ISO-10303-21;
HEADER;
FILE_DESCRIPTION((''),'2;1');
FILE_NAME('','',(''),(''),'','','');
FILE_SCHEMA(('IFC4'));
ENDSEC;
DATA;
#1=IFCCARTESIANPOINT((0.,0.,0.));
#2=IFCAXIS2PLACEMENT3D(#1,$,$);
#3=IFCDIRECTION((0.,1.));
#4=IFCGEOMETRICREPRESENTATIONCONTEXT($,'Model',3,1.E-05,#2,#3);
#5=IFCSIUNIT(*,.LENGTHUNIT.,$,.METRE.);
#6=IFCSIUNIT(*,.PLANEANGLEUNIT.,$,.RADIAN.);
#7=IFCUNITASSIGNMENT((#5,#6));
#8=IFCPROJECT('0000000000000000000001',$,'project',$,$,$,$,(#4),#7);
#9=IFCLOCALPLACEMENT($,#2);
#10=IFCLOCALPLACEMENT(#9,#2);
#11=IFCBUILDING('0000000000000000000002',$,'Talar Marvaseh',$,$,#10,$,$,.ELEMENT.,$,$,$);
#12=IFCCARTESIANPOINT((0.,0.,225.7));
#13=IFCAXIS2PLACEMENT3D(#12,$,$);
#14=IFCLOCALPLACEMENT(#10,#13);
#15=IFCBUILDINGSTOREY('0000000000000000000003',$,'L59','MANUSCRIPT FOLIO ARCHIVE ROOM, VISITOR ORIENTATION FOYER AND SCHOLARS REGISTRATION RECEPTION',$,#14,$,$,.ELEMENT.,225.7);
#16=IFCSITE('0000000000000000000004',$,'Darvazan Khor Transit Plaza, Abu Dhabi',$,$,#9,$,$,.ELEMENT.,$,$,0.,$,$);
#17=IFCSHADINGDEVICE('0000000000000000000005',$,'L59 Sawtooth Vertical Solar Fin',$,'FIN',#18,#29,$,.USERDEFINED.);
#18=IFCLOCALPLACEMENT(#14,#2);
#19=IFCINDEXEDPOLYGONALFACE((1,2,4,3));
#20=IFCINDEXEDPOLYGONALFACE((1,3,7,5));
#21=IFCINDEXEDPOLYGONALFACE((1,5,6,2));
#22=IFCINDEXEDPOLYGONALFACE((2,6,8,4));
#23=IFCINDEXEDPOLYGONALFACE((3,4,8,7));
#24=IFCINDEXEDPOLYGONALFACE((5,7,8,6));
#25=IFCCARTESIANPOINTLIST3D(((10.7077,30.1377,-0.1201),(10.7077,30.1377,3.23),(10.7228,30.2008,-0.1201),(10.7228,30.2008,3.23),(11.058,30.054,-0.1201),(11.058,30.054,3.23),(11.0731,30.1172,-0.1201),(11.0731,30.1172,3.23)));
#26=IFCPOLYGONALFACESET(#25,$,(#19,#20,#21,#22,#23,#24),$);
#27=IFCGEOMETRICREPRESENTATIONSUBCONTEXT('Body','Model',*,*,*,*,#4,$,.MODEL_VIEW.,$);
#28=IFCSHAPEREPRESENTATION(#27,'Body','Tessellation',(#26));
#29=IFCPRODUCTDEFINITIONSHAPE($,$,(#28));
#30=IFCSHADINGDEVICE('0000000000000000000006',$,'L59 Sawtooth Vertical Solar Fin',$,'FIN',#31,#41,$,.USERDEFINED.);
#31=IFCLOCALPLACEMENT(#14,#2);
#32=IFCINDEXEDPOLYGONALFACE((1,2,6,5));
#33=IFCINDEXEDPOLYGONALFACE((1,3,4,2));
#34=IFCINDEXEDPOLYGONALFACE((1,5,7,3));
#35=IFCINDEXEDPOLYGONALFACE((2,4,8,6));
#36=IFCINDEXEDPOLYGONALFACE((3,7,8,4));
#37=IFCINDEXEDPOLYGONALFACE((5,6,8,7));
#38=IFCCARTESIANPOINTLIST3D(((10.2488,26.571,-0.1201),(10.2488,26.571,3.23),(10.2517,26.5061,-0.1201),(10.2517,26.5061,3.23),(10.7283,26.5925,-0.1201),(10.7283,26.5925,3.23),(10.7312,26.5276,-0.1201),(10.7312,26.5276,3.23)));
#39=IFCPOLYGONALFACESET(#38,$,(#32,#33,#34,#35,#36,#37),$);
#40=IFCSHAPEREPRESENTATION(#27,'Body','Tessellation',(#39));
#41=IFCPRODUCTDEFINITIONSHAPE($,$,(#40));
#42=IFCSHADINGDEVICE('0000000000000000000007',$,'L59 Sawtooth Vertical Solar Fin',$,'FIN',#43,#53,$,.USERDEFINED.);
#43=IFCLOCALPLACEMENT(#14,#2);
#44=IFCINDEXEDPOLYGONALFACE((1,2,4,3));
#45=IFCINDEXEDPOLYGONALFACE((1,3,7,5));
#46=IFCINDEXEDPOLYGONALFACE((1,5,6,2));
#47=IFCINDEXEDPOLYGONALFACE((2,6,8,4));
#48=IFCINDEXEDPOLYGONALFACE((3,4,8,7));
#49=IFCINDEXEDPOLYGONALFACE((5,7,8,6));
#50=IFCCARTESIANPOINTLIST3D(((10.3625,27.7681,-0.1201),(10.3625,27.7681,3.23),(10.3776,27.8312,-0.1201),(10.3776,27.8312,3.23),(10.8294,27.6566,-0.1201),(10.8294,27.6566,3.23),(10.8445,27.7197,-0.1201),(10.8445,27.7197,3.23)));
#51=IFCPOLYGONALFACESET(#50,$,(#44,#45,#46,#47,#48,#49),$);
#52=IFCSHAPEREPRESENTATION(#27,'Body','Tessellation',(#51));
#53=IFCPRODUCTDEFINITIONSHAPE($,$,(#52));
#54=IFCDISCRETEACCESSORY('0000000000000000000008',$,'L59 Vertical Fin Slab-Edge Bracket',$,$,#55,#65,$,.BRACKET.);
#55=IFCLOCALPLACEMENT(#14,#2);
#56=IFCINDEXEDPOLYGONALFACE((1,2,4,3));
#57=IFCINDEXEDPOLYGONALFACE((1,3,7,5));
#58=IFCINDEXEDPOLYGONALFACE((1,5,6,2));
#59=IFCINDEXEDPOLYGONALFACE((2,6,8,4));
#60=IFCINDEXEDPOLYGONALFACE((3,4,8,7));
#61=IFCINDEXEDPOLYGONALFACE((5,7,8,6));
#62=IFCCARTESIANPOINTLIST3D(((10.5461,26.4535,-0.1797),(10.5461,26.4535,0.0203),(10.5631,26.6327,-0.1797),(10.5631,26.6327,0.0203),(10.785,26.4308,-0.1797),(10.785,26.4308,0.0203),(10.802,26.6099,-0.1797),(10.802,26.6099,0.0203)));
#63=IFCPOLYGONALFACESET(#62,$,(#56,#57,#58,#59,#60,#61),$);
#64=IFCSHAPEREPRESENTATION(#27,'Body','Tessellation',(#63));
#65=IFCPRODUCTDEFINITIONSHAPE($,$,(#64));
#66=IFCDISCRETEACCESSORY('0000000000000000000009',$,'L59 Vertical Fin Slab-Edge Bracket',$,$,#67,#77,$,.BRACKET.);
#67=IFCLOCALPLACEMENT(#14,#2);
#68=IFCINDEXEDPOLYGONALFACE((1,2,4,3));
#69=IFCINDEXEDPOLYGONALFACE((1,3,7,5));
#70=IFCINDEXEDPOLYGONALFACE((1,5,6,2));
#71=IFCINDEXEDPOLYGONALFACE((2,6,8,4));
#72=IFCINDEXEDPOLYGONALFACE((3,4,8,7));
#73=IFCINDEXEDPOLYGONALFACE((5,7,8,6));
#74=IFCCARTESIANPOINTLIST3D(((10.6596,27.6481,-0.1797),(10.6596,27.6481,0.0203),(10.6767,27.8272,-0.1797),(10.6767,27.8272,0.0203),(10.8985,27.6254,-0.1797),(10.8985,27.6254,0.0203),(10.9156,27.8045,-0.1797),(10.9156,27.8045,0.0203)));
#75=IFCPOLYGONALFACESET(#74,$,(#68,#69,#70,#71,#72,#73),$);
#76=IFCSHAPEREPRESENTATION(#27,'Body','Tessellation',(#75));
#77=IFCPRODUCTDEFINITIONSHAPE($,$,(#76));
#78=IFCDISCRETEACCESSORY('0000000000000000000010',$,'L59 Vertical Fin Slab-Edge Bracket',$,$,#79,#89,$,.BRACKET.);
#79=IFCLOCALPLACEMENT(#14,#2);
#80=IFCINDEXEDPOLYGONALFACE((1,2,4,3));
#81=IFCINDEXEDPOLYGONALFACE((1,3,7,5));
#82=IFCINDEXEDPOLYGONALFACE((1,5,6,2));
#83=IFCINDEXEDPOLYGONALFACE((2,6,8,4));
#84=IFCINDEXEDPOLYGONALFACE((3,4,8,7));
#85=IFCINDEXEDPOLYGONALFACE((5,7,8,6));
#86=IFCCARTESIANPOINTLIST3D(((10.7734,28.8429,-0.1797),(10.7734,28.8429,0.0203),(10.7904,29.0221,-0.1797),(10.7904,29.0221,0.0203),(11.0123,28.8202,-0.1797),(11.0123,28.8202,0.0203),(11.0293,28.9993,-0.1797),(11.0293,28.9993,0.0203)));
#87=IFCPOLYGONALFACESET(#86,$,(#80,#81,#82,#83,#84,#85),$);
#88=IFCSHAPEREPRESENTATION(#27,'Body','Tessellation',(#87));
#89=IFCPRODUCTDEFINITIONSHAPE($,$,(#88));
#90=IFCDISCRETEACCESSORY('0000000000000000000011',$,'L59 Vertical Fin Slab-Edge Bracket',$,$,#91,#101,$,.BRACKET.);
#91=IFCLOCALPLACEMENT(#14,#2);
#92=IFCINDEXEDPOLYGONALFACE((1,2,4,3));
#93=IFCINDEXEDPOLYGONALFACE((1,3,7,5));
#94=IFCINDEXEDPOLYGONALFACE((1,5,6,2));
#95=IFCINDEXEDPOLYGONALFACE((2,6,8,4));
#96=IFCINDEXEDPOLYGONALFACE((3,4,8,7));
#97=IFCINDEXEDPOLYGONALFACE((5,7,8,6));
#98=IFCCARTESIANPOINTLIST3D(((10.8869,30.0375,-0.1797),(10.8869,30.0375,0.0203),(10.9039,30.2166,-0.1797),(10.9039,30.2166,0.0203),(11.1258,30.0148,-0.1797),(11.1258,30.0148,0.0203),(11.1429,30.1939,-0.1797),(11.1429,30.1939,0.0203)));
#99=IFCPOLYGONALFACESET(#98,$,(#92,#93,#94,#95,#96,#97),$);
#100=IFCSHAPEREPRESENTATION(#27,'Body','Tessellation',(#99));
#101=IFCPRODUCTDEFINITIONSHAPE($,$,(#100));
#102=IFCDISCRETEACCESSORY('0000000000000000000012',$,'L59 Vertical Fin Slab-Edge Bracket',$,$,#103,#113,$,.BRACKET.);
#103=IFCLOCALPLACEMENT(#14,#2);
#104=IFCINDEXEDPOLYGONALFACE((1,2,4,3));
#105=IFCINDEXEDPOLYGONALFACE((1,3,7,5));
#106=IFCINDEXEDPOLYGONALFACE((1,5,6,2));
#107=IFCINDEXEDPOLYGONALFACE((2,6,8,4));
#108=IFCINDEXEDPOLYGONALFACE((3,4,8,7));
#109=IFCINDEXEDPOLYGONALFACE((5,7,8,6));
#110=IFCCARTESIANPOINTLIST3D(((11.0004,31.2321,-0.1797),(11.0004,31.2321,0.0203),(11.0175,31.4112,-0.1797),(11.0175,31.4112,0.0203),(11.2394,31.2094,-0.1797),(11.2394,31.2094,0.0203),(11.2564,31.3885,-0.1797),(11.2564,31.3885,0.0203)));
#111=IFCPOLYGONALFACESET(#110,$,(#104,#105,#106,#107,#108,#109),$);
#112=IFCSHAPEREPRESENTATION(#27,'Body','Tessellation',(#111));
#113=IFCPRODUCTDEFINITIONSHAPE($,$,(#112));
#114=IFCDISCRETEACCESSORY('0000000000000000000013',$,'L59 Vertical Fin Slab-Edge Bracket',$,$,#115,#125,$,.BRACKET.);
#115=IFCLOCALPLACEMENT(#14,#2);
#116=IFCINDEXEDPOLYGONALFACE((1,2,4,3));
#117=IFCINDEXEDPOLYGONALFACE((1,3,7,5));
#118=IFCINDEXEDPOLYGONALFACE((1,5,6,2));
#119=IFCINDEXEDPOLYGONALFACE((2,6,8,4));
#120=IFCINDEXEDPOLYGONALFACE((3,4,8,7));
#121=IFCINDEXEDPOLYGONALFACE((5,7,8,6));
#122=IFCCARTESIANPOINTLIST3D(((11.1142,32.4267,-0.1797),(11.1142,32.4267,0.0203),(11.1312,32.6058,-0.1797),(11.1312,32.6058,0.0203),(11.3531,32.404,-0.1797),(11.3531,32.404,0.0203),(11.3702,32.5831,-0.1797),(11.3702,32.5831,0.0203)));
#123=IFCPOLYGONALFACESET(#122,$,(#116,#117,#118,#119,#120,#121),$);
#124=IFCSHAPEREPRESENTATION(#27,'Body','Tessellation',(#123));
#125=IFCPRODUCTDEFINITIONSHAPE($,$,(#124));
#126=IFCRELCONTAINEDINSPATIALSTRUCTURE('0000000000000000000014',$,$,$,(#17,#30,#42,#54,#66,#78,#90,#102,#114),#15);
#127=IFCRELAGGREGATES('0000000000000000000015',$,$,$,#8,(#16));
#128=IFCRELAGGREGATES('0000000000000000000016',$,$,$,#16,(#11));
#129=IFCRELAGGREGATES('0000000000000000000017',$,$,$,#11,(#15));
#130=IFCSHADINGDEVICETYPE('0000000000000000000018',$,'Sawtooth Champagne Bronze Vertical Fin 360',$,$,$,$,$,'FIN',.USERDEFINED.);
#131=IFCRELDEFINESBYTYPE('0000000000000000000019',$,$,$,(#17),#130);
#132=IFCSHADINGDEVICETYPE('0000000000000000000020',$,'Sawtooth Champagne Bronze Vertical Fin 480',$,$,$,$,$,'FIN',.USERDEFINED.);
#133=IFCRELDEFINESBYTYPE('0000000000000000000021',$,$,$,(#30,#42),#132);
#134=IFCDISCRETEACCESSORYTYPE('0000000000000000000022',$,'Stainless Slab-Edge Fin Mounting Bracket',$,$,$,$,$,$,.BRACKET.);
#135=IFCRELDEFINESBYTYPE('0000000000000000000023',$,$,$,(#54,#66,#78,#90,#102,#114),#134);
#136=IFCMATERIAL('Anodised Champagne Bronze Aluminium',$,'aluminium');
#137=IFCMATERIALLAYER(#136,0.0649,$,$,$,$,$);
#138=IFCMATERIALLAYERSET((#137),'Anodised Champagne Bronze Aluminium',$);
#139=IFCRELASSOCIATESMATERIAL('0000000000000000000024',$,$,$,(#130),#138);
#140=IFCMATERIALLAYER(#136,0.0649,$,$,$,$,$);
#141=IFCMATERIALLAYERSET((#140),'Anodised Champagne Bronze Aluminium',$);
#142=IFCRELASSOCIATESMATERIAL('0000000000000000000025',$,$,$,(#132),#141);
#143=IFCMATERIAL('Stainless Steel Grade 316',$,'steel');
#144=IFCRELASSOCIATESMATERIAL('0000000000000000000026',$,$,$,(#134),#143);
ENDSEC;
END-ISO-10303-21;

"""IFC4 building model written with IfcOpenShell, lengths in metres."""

from ifc_helpers import new_model, si_unit, direction, frame, origin, origin_2d, place, context, subcontext, project, spatial, rectangle, extrude, source, transform, mapped, material, layer, layer_set, type_object, type_shapes, element, save


model = new_model("IFC4")

# Units and contexts
model_context = context("Model", 3, precision=1e-05, world=origin(), true_north=direction((0.0, 1.0)))
body_context = subcontext(model_context, "Body", "Model", "MODEL_VIEW")
ifc_project = project(units=[si_unit("LENGTHUNIT", "METRE"), si_unit("PLANEANGLEUNIT", "RADIAN")], contexts=[model_context])

# Site, building, storey
site_placement = place(None, origin())
site = spatial("IfcSite", under=ifc_project, at=site_placement, Name="Darvazan Khor Transit Plaza, Abu Dhabi", CompositionType="ELEMENT", RefElevation=0.0)
building_placement = place(site_placement, origin())
building = spatial("IfcBuilding", under=site, at=building_placement, Name="Talar Marvaseh", CompositionType="ELEMENT")
storey_placement = place(building_placement, frame((0.0, 0.0, 225.7)))
storey = spatial("IfcBuildingStorey", under=building, at=storey_placement, Name="L59", Description="MANUSCRIPT FOLIO ARCHIVE ROOM, VISITOR ORIENTATION FOYER AND SCHOLARS REGISTRATION RECEPTION", CompositionType="ELEMENT", Elevation=225.7)

# Shading devices
ifc_material_1 = material(Name="Anodised Champagne Bronze Aluminium", Category="aluminium")
ifc_layer_1 = layer(ifc_material_1, 0.0649)
ifc_layer_set_1 = layer_set([ifc_layer_1], Name="Anodised Champagne Bronze Aluminium")
shading_device_type_1 = type_object("IfcShadingDeviceType", Name="Sawtooth Champagne Bronze Vertical Fin 360", ElementType="FIN", PredefinedType="USERDEFINED", material=ifc_layer_set_1)
shared_shape_1 = source(origin(), body_context, "Body", "SweptSolid", [
    extrude(rectangle(XDim=0.3601, YDim=0.0649, at=origin_2d()), origin(), (0.0, 0.0, 1.0), 3.3501),
])
type_shapes(shading_device_type_1, [shared_shape_1])
for number, where, z_axis, x_axis, name in (
    (1, (10.8904, 30.1274, -0.1201), (0.0, 0.0, 1.0), (-0.972654, 0.232257, 0.0), "L59 Sawtooth Vertical Solar Fin"),
):
    element("IfcShadingDevice", number, at=place(storey_placement, frame(where, z_axis=z_axis, x_axis=x_axis)), inside=storey, type_object=shading_device_type_1, Name=name, ObjectType="FIN", PredefinedType="USERDEFINED", context=body_context, shape_type="MappedRepresentation", body=[
        mapped(shared_shape_1, transform((0.0, 0.0, 0.0), x_axis=(1.0, 0.0, 0.0), y_axis=(0.0, 1.0, 0.0), z_axis=(0.0, 0.0, 1.0), scale=1.0)),
    ])
ifc_layer_2 = layer(ifc_material_1, 0.0649)
ifc_layer_set_2 = layer_set([ifc_layer_2], Name="Anodised Champagne Bronze Aluminium")
shading_device_type_2 = type_object("IfcShadingDeviceType", Name="Sawtooth Champagne Bronze Vertical Fin 480", ElementType="FIN", PredefinedType="USERDEFINED", material=ifc_layer_set_2)
shared_shape_2 = source(origin(), body_context, "Body", "SweptSolid", [
    extrude(rectangle(XDim=0.48, YDim=0.0649, at=origin_2d()), origin(), (0.0, 0.0, 1.0), 3.3501),
])
type_shapes(shading_device_type_2, [shared_shape_2])
for number, where, z_axis, x_axis, name in (
    (2, (10.49, 26.5493, -0.1201), (0.0, 0.0, 1.0), (-0.998994, -0.04484, 0.0), "L59 Sawtooth Vertical Solar Fin"),
    (3, (10.6035, 27.7439, -0.1201), (0.0, 0.0, 1.0), (-0.972654, 0.232257, 0.0), "L59 Sawtooth Vertical Solar Fin"),
):
    element("IfcShadingDevice", number, at=place(storey_placement, frame(where, z_axis=z_axis, x_axis=x_axis)), inside=storey, type_object=shading_device_type_2, Name=name, ObjectType="FIN", PredefinedType="USERDEFINED", context=body_context, shape_type="MappedRepresentation", body=[
        mapped(shared_shape_2, transform((0.0, 0.0, 0.0), x_axis=(1.0, 0.0, 0.0), y_axis=(0.0, 1.0, 0.0), z_axis=(0.0, 0.0, 1.0), scale=1.0)),
    ])

# Discrete accessories
ifc_material_2 = material(Name="Stainless Steel Grade 316", Category="steel")
discrete_accessory_type = type_object("IfcDiscreteAccessoryType", Name="Stainless Slab-Edge Fin Mounting Bracket", PredefinedType="BRACKET", material=ifc_material_2)
shared_shape_3 = source(origin(), body_context, "Body", "SweptSolid", [
    extrude(rectangle(XDim=0.24, YDim=0.1799, at=origin_2d()), origin(), (0.0, 0.0, 1.0), 0.2),
])
type_shapes(discrete_accessory_type, [shared_shape_3])
for number, where, z_axis, x_axis, name in (
    (4, (10.6741, 26.5317, -0.1797), (0.0, 0.0, 1.0), (-0.995513, 0.09463, 0.0), "L59 Vertical Fin Slab-Edge Bracket"),
    (5, (10.7876, 27.7263, -0.1797), (0.0, 0.0, 1.0), (-0.995513, 0.09463, 0.0), "L59 Vertical Fin Slab-Edge Bracket"),
    (6, (10.9014, 28.9211, -0.1797), (0.0, 0.0, 1.0), (-0.995513, 0.09463, 0.0), "L59 Vertical Fin Slab-Edge Bracket"),
    (7, (11.0149, 30.1157, -0.1797), (0.0, 0.0, 1.0), (-0.995513, 0.09463, 0.0), "L59 Vertical Fin Slab-Edge Bracket"),
    (8, (11.1284, 31.3103, -0.1797), (0.0, 0.0, 1.0), (-0.995513, 0.09463, 0.0), "L59 Vertical Fin Slab-Edge Bracket"),
    (9, (11.2422, 32.5049, -0.1797), (0.0, 0.0, 1.0), (-0.995513, 0.09463, 0.0), "L59 Vertical Fin Slab-Edge Bracket"),
):
    element("IfcDiscreteAccessory", number, at=place(storey_placement, frame(where, z_axis=z_axis, x_axis=x_axis)), inside=storey, type_object=discrete_accessory_type, Name=name, PredefinedType="BRACKET", context=body_context, shape_type="MappedRepresentation", body=[
        mapped(shared_shape_3, transform((0.0, 0.0, 0.0), x_axis=(1.0, 0.0, 0.0), y_axis=(0.0, 1.0, 0.0), z_axis=(0.0, 0.0, 1.0), scale=1.0)),
    ])

save(model, "model.ifc")
